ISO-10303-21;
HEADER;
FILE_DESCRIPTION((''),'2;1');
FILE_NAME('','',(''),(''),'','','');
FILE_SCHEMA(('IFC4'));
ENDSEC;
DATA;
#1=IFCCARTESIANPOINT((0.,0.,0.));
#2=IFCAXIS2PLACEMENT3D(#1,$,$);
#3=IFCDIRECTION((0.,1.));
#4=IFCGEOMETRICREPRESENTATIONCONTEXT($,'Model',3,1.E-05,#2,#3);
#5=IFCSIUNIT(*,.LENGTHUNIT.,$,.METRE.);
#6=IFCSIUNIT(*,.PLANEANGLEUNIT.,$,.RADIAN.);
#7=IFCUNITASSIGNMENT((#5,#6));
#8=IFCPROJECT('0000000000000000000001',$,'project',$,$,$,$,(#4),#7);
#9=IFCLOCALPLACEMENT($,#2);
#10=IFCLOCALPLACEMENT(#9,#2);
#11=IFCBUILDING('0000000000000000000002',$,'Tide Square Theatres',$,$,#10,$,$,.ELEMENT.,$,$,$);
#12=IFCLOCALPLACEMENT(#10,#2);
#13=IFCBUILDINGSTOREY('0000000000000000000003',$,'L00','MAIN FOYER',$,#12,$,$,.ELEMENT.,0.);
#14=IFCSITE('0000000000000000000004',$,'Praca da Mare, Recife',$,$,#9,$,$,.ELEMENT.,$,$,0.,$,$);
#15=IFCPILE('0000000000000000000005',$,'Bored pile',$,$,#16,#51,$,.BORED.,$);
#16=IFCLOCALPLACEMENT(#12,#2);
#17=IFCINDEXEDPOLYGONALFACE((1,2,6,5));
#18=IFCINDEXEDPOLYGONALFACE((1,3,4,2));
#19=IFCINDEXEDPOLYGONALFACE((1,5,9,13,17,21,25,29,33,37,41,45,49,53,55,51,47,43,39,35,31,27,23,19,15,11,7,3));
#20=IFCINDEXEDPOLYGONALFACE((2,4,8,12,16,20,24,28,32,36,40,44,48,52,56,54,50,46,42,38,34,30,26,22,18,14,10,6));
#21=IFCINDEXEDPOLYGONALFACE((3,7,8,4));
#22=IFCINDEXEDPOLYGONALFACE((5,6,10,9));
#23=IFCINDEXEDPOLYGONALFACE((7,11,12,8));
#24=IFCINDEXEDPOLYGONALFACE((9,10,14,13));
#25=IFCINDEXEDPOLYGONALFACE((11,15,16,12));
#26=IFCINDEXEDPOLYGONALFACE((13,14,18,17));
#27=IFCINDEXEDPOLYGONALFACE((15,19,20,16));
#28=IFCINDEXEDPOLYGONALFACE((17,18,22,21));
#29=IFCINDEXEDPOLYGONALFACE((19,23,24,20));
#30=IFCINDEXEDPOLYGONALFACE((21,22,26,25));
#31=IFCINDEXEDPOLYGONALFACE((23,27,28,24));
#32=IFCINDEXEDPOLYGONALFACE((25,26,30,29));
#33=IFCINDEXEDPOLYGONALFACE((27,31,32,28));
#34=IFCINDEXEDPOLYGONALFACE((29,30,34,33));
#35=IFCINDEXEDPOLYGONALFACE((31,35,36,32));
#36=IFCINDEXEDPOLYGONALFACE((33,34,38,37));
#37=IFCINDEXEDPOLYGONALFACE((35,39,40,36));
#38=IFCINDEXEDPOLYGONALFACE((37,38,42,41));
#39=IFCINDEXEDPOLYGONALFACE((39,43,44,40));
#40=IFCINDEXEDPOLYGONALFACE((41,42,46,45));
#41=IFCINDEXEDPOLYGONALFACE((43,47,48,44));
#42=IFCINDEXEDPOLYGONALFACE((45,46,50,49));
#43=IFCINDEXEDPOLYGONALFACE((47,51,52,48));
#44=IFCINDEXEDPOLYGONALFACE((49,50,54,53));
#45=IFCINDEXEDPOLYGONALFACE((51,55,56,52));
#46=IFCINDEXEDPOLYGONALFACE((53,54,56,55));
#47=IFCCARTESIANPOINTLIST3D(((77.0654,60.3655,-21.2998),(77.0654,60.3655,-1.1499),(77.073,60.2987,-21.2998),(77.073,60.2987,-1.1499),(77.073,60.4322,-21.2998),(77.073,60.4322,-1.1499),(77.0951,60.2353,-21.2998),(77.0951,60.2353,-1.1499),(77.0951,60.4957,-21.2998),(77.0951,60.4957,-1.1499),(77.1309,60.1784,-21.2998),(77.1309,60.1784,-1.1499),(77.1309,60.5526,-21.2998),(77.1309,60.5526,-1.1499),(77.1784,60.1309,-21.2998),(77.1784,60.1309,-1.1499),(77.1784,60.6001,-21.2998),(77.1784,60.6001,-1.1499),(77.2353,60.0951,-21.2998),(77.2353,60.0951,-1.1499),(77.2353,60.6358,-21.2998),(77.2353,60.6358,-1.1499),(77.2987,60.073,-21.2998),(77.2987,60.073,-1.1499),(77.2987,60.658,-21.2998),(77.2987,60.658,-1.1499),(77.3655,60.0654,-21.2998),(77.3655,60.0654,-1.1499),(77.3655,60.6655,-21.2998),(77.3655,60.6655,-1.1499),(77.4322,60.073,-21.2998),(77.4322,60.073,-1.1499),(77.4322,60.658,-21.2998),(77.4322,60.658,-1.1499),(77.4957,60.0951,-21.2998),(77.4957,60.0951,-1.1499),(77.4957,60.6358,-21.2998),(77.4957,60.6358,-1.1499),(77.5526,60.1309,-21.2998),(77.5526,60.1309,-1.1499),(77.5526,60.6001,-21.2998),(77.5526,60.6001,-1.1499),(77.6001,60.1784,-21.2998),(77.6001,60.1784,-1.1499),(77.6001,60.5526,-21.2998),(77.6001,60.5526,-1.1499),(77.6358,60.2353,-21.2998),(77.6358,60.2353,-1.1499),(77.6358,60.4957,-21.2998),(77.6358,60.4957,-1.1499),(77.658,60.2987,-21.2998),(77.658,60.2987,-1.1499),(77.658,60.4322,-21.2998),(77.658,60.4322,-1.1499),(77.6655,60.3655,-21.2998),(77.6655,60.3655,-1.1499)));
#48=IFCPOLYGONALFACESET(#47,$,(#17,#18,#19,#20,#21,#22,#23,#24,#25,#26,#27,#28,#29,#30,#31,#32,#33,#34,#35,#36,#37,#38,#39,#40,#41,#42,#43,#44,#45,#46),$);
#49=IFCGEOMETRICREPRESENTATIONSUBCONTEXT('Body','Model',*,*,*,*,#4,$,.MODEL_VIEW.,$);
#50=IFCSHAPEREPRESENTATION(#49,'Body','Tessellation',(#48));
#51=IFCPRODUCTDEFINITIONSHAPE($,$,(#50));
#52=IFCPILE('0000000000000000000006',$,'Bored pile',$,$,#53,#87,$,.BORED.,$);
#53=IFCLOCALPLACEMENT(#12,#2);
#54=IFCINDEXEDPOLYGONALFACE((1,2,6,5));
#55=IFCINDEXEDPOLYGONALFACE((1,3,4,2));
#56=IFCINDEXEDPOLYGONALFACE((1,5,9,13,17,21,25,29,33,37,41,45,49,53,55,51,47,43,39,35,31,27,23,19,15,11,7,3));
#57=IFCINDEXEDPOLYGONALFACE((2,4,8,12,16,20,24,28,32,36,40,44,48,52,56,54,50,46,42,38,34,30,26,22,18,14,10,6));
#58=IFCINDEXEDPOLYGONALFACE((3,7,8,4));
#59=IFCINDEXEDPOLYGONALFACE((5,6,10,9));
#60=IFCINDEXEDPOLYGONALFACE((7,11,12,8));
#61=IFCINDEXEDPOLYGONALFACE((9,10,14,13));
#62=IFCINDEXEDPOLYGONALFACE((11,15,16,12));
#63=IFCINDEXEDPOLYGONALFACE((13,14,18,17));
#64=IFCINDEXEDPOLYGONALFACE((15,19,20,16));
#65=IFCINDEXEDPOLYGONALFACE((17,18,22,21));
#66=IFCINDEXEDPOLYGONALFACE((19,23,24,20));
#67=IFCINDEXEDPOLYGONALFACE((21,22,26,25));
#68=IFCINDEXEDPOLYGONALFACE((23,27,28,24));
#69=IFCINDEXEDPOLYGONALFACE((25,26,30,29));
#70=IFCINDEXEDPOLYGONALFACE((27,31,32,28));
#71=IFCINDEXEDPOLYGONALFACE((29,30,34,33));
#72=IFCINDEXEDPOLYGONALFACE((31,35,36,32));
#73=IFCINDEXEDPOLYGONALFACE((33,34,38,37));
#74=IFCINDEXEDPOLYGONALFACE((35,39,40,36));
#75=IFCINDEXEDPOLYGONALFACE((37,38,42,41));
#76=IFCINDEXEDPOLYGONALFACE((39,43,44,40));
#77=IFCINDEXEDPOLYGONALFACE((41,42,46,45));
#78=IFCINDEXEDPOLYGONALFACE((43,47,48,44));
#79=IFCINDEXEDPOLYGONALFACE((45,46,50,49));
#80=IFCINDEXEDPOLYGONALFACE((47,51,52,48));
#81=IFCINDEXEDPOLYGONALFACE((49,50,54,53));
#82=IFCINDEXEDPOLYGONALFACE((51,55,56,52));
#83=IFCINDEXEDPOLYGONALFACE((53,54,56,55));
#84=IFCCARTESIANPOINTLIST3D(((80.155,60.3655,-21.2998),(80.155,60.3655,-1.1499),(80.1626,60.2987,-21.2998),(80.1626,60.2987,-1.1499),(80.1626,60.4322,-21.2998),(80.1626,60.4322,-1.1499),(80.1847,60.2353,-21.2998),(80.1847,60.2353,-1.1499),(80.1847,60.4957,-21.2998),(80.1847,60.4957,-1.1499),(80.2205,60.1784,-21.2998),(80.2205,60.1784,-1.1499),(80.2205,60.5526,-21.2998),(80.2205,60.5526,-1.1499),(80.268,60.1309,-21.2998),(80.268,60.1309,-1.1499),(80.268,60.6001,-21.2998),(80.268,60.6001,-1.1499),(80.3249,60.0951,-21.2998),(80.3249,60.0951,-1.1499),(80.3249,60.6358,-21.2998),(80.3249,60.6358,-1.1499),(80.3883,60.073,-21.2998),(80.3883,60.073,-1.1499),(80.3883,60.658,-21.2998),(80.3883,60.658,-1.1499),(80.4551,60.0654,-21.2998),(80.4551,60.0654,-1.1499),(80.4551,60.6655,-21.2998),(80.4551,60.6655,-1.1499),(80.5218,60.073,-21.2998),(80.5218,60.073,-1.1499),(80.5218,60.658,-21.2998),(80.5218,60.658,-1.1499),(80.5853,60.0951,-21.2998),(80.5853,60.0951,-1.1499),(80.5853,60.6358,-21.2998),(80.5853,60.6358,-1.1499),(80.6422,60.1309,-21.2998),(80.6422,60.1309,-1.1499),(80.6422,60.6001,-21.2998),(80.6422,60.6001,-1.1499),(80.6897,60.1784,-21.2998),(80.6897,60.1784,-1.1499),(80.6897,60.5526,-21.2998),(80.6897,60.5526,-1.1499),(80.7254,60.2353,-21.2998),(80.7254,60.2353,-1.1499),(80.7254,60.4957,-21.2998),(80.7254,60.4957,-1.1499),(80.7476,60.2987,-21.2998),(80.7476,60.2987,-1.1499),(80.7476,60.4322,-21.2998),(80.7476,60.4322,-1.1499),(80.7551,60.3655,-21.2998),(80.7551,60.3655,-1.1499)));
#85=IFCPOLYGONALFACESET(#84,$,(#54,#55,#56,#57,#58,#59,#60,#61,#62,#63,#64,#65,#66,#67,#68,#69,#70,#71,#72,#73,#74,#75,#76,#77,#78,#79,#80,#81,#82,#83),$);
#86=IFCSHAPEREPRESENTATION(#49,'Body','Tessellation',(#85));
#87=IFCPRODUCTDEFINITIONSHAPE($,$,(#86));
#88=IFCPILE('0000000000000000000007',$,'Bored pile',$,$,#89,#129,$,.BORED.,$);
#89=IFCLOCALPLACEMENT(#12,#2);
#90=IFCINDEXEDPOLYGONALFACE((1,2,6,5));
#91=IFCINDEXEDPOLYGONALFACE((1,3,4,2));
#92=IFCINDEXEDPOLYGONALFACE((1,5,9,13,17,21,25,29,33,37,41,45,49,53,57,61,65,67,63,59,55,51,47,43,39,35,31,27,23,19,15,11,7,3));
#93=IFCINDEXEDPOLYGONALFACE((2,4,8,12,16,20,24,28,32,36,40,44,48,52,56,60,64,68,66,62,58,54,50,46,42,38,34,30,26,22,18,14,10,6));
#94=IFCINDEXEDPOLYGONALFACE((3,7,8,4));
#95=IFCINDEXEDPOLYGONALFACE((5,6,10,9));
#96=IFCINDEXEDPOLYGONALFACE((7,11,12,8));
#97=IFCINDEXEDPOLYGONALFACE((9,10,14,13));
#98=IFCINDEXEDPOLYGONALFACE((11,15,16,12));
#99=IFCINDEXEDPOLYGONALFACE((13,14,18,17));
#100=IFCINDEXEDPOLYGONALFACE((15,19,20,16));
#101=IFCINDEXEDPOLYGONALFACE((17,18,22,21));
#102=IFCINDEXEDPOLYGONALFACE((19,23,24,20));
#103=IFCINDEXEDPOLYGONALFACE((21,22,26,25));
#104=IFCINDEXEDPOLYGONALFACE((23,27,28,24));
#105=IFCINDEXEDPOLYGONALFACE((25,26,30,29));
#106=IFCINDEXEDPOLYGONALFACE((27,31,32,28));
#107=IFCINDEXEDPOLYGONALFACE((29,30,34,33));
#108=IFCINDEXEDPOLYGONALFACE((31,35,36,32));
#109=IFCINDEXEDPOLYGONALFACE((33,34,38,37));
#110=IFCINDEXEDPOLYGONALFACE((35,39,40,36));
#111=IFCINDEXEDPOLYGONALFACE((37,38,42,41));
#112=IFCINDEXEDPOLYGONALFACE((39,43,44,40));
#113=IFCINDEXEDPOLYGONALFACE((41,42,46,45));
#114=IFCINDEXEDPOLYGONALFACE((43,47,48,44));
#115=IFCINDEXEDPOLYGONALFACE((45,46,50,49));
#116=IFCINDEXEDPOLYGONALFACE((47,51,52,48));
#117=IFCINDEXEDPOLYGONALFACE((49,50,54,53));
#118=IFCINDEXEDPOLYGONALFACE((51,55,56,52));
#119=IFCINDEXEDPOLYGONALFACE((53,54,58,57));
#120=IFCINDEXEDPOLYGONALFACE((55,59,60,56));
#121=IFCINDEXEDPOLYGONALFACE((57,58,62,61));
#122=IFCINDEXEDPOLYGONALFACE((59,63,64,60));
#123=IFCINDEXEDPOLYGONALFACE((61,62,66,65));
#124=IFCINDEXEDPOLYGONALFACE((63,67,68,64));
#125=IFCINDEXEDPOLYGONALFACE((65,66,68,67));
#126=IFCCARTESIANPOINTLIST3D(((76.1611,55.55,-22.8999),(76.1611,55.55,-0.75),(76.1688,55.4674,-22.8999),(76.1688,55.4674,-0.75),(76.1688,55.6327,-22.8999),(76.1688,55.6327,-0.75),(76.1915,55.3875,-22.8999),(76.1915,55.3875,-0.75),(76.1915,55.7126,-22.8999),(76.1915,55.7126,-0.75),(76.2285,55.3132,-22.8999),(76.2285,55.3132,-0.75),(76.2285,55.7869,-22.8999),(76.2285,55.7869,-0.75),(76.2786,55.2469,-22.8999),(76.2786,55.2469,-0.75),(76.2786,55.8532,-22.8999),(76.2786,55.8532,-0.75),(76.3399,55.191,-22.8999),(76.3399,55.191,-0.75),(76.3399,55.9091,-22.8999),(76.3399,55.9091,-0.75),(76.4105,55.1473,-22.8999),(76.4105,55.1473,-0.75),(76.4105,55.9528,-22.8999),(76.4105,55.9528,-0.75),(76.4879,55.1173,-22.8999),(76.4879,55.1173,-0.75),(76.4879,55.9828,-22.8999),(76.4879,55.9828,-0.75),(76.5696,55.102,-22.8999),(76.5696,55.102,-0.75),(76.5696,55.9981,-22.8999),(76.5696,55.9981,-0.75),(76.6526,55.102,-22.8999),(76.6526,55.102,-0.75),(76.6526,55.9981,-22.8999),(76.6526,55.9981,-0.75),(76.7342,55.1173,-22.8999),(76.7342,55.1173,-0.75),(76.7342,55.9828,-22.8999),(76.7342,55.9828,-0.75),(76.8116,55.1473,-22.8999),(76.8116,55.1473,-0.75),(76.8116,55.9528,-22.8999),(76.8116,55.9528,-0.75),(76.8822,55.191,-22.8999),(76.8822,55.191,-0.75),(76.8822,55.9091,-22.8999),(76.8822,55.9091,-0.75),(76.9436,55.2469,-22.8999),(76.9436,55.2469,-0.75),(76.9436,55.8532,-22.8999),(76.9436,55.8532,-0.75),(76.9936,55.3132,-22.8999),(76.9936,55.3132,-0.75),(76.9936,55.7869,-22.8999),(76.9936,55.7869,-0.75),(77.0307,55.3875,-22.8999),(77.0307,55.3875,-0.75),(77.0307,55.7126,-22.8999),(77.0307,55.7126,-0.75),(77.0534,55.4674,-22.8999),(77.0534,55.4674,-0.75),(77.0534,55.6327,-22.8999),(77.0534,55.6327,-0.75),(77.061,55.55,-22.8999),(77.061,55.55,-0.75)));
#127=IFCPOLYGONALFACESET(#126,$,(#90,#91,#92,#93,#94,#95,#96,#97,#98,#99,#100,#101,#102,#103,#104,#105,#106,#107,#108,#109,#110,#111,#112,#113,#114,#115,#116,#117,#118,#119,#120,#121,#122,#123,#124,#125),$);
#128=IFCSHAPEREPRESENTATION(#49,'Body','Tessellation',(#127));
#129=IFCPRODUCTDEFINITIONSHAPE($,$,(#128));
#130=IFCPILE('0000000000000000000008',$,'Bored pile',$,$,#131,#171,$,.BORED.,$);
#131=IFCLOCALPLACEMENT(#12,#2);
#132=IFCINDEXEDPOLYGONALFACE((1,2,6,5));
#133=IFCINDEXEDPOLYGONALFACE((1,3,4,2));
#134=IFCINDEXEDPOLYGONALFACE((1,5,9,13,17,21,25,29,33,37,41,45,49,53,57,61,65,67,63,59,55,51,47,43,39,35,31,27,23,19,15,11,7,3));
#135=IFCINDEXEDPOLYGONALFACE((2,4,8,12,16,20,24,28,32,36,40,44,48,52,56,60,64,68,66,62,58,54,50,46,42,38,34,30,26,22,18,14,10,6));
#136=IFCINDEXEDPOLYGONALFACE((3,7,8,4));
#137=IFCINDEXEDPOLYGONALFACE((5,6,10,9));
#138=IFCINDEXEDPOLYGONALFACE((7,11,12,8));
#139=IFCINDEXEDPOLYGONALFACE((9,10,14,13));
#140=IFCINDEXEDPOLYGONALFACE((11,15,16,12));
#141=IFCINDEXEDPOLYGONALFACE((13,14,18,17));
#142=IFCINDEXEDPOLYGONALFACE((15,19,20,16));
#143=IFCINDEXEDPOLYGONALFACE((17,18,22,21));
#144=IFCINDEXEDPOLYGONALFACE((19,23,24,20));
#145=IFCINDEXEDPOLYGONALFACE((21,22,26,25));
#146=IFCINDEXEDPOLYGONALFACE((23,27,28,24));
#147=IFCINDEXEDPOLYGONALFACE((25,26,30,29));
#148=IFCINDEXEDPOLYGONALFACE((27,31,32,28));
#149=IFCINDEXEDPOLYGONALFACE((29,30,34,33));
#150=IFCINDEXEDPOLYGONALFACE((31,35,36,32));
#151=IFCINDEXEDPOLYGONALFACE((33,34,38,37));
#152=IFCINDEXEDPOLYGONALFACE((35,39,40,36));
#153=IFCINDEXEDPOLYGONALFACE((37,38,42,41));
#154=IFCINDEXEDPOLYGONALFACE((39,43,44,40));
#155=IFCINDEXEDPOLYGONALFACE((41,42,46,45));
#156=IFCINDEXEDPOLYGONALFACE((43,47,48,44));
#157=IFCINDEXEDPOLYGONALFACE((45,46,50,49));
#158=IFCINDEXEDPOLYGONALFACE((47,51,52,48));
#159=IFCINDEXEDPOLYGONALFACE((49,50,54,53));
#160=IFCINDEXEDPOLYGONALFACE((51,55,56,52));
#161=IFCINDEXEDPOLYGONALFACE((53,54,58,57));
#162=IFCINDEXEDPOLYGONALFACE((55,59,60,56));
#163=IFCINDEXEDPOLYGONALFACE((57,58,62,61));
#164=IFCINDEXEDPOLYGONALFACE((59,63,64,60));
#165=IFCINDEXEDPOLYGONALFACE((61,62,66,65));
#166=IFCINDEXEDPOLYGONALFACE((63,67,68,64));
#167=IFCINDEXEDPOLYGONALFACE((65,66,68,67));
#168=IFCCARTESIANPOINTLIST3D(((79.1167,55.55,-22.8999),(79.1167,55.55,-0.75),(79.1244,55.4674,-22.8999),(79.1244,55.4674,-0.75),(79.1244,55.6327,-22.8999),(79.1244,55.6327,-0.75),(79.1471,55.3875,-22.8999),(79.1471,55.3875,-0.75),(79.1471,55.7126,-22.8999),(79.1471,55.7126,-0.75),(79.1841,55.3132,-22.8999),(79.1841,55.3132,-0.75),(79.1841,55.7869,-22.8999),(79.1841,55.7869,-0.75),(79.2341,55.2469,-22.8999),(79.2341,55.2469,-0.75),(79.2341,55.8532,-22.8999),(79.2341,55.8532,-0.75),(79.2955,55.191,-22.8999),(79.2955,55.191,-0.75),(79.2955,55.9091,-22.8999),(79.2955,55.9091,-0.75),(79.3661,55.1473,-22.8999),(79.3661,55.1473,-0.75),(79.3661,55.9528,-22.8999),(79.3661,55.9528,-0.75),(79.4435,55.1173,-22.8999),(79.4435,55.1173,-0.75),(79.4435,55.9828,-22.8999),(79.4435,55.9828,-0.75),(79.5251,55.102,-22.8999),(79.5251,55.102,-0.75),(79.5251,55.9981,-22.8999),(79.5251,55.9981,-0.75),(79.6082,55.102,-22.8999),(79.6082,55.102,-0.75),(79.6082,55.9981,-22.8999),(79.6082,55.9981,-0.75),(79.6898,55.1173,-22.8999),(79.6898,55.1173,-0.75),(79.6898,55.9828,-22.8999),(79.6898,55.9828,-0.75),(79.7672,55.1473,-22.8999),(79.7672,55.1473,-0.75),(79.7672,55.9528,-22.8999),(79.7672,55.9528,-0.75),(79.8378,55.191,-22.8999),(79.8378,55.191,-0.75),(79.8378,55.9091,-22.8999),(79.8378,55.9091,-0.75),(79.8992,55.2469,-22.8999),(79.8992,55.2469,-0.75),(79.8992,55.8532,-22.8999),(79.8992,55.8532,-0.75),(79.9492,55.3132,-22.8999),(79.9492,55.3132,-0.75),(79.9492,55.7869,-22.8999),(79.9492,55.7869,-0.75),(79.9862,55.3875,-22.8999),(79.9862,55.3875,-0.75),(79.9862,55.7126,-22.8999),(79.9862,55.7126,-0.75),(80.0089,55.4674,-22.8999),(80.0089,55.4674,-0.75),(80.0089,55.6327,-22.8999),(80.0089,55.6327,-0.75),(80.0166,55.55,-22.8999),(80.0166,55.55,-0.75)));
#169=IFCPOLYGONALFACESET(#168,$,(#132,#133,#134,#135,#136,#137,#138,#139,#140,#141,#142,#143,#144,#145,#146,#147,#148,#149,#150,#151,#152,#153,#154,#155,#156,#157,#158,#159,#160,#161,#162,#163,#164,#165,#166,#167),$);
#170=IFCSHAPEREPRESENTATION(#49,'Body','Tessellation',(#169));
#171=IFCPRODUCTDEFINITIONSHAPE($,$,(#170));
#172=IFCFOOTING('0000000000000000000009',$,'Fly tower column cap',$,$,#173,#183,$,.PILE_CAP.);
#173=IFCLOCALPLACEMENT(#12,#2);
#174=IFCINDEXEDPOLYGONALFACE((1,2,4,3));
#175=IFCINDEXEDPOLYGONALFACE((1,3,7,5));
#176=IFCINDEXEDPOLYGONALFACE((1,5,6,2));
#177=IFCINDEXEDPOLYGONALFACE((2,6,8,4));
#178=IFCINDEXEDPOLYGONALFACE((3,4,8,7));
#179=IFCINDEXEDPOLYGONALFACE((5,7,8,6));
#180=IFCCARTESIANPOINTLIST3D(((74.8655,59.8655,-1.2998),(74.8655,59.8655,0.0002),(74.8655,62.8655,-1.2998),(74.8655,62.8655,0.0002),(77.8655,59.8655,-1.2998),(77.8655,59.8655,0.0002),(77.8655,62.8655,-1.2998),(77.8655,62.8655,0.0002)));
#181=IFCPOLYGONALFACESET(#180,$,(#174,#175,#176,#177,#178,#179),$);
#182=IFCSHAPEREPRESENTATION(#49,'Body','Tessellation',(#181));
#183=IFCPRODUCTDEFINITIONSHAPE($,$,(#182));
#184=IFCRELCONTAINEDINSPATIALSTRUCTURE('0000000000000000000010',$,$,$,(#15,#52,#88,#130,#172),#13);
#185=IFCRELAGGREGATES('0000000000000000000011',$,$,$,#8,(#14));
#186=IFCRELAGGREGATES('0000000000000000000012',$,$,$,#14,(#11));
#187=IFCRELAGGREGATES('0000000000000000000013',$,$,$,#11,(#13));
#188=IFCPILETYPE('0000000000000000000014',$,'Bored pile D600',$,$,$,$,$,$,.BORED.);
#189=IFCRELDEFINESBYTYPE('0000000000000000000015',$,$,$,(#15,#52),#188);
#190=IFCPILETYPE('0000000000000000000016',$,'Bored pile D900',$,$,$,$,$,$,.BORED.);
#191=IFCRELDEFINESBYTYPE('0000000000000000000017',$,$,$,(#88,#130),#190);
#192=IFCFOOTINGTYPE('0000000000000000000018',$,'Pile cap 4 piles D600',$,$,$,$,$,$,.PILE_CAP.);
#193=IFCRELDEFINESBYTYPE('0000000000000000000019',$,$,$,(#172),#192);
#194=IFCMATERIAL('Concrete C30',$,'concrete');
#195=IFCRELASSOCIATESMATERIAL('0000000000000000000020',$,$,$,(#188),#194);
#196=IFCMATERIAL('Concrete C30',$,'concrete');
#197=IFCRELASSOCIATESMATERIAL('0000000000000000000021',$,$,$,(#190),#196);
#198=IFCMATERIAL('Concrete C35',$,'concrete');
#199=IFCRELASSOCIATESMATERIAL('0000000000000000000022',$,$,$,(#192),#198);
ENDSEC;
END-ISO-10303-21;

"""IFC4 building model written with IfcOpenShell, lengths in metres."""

from ifc_helpers import new_model, si_unit, direction, frame, origin, origin_2d, place, context, subcontext, project, spatial, rectangle, circle, extrude, material, material_profile, profile_set, type_object, element, save


model = new_model("IFC4")

# Units and contexts
model_context = context("Model", 3, precision=1e-05, world=origin(), true_north=direction((0.0, 1.0)))
body_context = subcontext(model_context, "Body", "Model", "MODEL_VIEW")
ifc_project = project(units=[si_unit("LENGTHUNIT", "METRE"), si_unit("PLANEANGLEUNIT", "RADIAN")], contexts=[model_context])

# Site, building, storey
site_placement = place(None, origin())
site = spatial("IfcSite", under=ifc_project, at=site_placement, Name="Praca da Mare, Recife", CompositionType="ELEMENT", RefElevation=0.0)
building_placement = place(site_placement, origin())
building = spatial("IfcBuilding", under=site, at=building_placement, Name="Tide Square Theatres", CompositionType="ELEMENT")
storey_placement = place(building_placement, origin())
storey = spatial("IfcBuildingStorey", under=building, at=storey_placement, Name="L00", Description="MAIN FOYER", CompositionType="ELEMENT", Elevation=0.0)

# Piles
ifc_material_1 = material(Name="Concrete C30", Category="concrete")
ifc_material_profile_1 = material_profile(ifc_material_1, circle(Radius=0.3, at=origin_2d()))
ifc_profile_set_1 = profile_set([ifc_material_profile_1], Name="Concrete C30")
pile_type_1 = type_object("IfcPileType", Name="Bored pile D600", PredefinedType="BORED", material=ifc_profile_set_1)
for number, where, z_axis, x_axis, name in (
    (1, (77.3655, 60.3655, -1.1499), (0.0, 0.0, -1.0), (1.0, 0.0, 0.0), "Bored pile"),
    (2, (80.4551, 60.3655, -1.1499), (0.0, 0.0, -1.0), (1.0, 0.0, 0.0), "Bored pile"),
):
    element("IfcPile", number, at=place(storey_placement, frame(where, z_axis=z_axis, x_axis=x_axis)), inside=storey, type_object=pile_type_1, Name=name, PredefinedType="BORED", context=body_context, shape_type="SweptSolid", body=[
        extrude(circle(Radius=0.3, at=origin_2d()), origin(), (0.0, 0.0, 1.0), 20.1499),
    ])
ifc_material_2 = material(Name="Concrete C30", Category="concrete")
ifc_material_profile_2 = material_profile(ifc_material_2, circle(Radius=0.45, at=origin_2d()))
ifc_profile_set_2 = profile_set([ifc_material_profile_2], Name="Concrete C30")
pile_type_2 = type_object("IfcPileType", Name="Bored pile D900", PredefinedType="BORED", material=ifc_profile_set_2)
for number, where, z_axis, x_axis, name in (
    (3, (76.6111, 55.55, -0.75), (0.0, 0.0, -1.0), (1.0, 0.0, 0.0), "Bored pile"),
    (4, (79.5667, 55.55, -0.75), (0.0, 0.0, -1.0), (1.0, 0.0, 0.0), "Bored pile"),
):
    element("IfcPile", number, at=place(storey_placement, frame(where, z_axis=z_axis, x_axis=x_axis)), inside=storey, type_object=pile_type_2, Name=name, PredefinedType="BORED", context=body_context, shape_type="SweptSolid", body=[
        extrude(circle(Radius=0.45, at=origin_2d()), origin(), (0.0, 0.0, 1.0), 22.1499),
    ])

# Footing
ifc_material_3 = material(Name="Concrete C35", Category="concrete")
footing_type = type_object("IfcFootingType", Name="Pile cap 4 piles D600", PredefinedType="PILE_CAP", material=ifc_material_3)
footing_placement = place(storey_placement, frame((76.3655, 61.3655, -1.2998), z_axis=(0.0, 0.0, 1.0), x_axis=(1.0, 0.0, 0.0)))
element("IfcFooting", 5, at=footing_placement, inside=storey, type_object=footing_type, Name="Fly tower column cap", PredefinedType="PILE_CAP", context=body_context, shape_type="SweptSolid", body=[
    extrude(rectangle(XDim=3.0, YDim=3.0, at=origin_2d()), origin(), (0.0, 0.0, 1.0), 1.3),
])

save(model, "model.ifc")
